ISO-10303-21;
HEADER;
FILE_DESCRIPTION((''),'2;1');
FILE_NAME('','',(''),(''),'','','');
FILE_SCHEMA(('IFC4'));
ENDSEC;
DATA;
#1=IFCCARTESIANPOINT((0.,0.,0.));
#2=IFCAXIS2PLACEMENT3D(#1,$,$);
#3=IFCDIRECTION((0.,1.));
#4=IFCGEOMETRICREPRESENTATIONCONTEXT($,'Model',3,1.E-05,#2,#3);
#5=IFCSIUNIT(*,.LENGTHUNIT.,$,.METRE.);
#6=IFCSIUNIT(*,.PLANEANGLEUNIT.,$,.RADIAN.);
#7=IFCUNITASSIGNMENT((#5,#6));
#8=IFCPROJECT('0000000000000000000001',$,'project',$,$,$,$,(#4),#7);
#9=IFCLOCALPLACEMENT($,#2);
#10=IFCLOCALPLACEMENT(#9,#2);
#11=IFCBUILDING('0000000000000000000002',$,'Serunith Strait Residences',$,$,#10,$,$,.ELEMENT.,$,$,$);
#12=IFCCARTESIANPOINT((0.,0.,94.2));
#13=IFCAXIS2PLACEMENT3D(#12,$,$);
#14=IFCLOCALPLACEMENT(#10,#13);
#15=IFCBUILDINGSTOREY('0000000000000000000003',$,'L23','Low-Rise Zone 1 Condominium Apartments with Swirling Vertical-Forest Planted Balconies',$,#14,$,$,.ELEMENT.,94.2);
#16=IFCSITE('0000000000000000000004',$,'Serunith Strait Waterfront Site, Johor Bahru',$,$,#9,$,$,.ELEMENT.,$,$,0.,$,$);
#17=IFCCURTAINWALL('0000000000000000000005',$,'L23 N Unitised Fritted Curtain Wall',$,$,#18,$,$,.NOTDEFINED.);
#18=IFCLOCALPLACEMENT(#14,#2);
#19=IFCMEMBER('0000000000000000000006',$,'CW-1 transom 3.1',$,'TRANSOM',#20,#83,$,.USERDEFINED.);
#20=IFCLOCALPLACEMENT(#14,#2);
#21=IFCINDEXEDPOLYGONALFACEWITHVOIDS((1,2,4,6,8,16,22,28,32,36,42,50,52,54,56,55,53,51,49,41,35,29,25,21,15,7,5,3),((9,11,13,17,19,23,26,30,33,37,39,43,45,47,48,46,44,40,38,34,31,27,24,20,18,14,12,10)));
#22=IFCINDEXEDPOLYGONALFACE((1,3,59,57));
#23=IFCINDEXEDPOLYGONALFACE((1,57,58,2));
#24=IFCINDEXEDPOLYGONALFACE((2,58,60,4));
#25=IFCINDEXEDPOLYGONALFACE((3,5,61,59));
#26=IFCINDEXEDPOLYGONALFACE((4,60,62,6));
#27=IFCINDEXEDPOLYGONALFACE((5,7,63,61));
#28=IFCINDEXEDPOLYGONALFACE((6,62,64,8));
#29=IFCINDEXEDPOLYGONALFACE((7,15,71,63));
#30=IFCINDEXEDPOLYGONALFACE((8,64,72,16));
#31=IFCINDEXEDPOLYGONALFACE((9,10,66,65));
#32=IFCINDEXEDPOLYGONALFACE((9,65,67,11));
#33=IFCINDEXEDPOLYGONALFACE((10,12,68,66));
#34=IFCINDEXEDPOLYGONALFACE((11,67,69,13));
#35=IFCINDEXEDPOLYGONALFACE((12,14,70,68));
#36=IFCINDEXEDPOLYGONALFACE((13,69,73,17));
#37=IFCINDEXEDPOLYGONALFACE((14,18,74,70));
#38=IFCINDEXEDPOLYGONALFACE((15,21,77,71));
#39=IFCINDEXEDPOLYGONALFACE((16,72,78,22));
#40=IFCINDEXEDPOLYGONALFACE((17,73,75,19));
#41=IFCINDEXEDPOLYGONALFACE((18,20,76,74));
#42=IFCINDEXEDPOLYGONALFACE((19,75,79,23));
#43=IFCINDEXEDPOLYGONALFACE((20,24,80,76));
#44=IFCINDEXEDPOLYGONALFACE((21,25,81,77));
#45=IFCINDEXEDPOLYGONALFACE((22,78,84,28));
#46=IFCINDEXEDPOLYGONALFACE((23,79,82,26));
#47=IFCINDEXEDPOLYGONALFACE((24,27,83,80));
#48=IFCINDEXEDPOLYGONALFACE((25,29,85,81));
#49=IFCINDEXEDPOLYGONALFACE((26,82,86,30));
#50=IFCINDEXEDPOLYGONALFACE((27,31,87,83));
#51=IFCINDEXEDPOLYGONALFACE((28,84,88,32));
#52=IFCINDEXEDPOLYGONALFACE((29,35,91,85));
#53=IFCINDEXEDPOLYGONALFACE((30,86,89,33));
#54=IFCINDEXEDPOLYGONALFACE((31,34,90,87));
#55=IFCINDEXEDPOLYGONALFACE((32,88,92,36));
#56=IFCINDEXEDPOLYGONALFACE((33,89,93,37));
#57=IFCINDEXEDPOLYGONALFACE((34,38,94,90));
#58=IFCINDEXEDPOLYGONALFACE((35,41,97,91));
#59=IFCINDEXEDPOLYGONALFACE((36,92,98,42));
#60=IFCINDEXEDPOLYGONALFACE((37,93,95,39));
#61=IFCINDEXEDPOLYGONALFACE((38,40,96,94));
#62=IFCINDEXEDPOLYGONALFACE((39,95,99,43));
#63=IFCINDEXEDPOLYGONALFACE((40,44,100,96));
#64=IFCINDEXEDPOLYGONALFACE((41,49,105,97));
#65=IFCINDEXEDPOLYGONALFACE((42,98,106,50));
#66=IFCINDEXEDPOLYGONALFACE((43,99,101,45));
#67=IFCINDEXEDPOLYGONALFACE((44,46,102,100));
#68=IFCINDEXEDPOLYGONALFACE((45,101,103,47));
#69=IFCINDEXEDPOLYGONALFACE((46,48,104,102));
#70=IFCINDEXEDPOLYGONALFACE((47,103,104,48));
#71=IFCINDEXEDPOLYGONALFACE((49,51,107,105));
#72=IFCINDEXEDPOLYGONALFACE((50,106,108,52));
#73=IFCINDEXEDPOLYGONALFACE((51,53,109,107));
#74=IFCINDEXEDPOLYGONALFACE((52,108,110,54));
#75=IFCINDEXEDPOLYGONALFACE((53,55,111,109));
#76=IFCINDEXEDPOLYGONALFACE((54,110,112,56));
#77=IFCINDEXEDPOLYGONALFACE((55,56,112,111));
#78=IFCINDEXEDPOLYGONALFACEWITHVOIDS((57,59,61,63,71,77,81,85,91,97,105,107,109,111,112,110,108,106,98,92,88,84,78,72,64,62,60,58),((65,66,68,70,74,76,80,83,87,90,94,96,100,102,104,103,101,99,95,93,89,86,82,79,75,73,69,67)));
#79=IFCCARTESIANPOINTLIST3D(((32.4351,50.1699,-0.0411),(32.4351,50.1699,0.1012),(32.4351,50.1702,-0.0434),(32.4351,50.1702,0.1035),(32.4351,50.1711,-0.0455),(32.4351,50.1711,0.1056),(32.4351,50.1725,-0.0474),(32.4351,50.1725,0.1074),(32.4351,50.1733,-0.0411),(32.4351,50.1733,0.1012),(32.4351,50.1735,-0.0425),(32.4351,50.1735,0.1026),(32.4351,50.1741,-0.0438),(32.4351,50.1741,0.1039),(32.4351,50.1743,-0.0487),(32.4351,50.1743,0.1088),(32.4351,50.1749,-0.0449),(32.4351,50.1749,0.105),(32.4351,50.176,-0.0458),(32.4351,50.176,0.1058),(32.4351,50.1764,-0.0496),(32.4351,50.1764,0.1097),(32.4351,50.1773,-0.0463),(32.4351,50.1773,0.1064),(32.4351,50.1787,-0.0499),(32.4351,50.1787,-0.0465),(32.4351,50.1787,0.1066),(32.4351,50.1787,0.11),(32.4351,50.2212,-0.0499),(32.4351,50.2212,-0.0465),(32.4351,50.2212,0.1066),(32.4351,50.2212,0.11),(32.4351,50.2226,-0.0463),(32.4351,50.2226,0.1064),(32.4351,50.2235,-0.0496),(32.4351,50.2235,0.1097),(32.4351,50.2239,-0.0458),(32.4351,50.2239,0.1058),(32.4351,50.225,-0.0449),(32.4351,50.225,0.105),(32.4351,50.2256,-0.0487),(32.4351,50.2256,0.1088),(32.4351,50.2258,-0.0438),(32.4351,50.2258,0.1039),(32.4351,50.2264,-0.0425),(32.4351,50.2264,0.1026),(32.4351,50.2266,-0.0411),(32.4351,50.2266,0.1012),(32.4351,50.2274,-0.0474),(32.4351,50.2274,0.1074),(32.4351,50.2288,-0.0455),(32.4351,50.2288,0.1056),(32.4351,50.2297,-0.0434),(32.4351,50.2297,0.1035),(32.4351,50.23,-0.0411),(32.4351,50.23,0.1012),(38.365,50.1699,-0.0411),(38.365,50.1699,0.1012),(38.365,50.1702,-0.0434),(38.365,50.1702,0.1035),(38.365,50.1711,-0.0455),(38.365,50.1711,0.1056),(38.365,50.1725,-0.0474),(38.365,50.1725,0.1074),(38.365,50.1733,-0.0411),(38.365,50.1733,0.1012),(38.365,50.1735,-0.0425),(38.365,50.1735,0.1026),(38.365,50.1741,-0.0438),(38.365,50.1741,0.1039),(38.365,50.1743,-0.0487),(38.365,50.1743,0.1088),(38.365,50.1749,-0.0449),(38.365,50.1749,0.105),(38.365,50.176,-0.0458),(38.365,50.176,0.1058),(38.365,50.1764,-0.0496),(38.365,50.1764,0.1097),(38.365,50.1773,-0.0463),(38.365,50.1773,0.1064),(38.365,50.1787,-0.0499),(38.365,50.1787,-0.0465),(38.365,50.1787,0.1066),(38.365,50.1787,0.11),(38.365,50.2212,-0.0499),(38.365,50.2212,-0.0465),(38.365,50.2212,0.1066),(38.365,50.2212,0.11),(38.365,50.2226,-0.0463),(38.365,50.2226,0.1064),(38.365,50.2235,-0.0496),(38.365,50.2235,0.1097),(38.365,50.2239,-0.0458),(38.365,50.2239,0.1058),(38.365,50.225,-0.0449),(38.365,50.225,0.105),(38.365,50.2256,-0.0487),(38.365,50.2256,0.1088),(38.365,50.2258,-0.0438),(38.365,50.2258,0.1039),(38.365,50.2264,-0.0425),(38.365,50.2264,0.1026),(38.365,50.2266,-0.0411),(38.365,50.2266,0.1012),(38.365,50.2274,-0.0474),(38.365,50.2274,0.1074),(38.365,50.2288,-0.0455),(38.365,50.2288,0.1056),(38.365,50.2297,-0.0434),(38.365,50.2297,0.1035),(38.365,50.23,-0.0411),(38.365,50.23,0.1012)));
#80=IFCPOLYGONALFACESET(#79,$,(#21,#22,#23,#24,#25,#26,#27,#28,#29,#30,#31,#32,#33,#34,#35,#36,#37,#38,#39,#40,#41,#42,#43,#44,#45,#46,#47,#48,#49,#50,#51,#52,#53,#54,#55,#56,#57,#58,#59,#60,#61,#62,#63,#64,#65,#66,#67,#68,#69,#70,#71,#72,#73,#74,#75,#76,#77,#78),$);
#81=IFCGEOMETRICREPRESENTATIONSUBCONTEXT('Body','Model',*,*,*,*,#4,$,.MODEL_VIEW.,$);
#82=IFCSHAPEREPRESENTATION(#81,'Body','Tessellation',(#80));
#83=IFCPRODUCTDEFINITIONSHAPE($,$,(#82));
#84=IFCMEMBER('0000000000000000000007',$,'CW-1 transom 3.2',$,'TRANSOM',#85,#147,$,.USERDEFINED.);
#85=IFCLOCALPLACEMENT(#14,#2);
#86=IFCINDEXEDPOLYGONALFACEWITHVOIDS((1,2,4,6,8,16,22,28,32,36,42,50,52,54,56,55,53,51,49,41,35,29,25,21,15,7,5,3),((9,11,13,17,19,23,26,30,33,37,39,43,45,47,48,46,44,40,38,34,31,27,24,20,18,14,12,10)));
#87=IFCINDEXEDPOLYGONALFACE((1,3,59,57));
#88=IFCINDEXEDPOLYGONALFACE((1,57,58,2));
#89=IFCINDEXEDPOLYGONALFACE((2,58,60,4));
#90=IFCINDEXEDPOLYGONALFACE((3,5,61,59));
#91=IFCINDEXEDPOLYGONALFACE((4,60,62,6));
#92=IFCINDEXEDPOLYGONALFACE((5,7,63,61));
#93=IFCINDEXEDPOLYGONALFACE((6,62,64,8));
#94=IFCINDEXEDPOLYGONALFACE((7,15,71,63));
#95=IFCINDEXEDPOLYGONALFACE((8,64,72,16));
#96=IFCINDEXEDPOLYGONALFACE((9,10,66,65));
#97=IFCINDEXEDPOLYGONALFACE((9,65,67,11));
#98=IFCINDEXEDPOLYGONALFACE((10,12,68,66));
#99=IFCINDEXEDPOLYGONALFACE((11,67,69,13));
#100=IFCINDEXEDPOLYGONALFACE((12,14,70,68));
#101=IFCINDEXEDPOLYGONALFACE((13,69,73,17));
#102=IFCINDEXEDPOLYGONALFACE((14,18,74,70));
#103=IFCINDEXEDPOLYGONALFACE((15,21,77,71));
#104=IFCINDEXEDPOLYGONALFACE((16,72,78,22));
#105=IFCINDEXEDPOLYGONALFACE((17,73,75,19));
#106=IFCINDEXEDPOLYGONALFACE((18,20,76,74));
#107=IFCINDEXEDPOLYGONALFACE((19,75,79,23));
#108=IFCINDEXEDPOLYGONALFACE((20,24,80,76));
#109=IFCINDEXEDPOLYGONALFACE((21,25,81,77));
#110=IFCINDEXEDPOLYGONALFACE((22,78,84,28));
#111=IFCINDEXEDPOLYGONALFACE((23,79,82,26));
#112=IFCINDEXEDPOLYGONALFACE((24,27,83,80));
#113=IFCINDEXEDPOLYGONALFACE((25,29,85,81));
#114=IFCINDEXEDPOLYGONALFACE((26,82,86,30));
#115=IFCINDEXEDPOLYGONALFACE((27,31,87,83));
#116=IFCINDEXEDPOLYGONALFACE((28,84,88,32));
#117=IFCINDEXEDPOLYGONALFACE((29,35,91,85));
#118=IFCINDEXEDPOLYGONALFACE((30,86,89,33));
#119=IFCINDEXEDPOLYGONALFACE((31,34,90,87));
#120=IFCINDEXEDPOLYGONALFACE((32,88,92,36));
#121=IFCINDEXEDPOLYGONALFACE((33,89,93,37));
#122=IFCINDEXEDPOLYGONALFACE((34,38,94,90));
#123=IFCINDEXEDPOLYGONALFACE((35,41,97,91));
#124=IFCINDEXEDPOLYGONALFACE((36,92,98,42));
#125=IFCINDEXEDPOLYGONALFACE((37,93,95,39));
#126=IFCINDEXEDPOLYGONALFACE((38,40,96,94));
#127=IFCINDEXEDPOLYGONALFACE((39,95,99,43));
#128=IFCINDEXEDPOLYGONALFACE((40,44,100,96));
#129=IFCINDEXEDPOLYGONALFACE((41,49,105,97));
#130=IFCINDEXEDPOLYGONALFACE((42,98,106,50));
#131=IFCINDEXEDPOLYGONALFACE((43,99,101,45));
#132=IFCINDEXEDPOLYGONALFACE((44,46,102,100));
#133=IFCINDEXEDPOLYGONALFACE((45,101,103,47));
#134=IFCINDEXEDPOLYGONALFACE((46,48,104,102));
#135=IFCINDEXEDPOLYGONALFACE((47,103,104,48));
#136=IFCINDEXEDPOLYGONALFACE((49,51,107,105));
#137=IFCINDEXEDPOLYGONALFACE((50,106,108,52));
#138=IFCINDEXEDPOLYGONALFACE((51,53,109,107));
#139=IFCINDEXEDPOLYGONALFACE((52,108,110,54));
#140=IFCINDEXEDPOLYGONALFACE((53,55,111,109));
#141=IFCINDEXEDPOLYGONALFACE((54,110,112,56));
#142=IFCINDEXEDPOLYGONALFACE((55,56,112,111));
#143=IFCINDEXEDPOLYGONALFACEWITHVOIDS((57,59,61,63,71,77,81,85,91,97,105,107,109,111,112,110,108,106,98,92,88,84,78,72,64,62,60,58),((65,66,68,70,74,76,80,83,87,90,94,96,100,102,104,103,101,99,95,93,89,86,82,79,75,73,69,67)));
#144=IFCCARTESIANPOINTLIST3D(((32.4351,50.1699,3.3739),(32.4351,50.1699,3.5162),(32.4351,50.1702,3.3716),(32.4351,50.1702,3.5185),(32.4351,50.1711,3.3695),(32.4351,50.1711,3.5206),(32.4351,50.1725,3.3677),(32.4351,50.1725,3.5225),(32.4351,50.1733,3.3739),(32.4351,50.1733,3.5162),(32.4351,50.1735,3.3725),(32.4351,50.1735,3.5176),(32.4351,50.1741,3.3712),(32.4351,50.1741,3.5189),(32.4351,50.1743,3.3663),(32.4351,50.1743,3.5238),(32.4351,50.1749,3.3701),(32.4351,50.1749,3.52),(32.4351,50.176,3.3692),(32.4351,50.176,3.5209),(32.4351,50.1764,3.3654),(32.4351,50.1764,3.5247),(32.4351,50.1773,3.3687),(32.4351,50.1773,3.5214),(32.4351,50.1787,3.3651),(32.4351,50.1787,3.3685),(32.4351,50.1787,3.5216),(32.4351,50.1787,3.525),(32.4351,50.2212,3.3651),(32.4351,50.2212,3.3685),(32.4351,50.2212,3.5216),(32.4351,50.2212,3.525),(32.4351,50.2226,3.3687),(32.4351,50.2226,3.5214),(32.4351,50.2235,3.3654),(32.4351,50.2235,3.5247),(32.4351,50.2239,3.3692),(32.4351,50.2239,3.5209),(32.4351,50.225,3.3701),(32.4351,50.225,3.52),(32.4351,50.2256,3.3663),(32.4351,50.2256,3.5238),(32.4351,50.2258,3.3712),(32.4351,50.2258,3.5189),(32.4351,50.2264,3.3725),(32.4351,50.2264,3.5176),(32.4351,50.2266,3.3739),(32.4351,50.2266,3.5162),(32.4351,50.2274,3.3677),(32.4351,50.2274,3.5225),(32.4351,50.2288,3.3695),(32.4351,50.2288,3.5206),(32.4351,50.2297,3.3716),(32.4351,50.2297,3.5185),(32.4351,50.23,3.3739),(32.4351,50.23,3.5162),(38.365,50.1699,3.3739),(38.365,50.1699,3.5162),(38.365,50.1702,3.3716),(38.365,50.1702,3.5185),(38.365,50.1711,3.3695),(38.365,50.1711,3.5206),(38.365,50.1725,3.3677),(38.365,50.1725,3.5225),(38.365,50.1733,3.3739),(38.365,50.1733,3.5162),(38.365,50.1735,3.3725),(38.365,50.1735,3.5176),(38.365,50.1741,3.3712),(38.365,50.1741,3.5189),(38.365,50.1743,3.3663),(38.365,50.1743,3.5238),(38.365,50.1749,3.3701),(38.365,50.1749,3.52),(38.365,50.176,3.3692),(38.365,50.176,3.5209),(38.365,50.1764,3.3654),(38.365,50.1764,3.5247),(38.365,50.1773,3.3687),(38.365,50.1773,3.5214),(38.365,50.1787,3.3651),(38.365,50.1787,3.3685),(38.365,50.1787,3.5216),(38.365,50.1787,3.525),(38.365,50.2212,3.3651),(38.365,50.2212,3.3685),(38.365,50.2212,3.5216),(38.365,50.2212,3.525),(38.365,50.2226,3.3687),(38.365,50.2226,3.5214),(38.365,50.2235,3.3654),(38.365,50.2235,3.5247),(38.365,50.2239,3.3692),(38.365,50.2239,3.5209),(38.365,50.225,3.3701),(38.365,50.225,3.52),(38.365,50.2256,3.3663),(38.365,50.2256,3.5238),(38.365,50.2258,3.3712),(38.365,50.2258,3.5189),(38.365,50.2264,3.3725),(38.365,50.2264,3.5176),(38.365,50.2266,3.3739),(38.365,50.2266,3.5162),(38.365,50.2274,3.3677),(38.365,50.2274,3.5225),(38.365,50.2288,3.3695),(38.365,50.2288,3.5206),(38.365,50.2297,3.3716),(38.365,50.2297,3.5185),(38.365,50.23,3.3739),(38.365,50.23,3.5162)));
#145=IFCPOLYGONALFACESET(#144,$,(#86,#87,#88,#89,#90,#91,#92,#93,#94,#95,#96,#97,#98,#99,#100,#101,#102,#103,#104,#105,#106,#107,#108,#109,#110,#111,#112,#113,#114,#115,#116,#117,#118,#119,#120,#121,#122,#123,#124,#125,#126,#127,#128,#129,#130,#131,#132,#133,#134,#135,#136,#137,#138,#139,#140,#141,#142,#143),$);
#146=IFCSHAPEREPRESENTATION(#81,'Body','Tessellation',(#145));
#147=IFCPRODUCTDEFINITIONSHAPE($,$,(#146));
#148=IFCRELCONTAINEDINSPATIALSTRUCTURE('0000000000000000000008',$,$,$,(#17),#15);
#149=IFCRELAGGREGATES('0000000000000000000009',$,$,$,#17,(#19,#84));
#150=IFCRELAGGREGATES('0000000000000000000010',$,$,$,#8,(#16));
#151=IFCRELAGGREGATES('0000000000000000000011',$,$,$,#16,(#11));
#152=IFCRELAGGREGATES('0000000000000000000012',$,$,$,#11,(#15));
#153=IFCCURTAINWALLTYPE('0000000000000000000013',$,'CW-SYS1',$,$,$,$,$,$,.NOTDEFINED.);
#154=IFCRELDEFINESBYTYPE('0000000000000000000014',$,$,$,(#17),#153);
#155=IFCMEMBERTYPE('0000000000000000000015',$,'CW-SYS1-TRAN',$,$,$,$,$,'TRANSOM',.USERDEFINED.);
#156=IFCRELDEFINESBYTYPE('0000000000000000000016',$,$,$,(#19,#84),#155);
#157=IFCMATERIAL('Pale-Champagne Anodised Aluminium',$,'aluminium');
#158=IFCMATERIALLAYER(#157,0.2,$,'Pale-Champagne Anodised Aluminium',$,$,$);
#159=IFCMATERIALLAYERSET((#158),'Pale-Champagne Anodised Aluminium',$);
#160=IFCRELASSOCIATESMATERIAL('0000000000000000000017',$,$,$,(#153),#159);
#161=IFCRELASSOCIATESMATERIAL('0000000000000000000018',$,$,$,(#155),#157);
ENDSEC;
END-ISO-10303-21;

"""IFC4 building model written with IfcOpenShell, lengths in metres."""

from ifc_helpers import new_model, si_unit, direction, frame, origin, origin_2d, place, context, subcontext, project, spatial, hollow_rectangle, extrude, source, transform, mapped, material, layer, layer_set, material_profile, profile_set, type_object, element, aggregate, save


model = new_model("IFC4")

# Units and contexts
model_context = context("Model", 3, precision=1e-05, world=origin(), true_north=direction((0.0, 1.0)))
body_context = subcontext(model_context, "Body", "Model", "MODEL_VIEW")
ifc_project = project(units=[si_unit("LENGTHUNIT", "METRE"), si_unit("PLANEANGLEUNIT", "RADIAN")], contexts=[model_context])

# Site, building, storey
site_placement = place(None, origin())
site = spatial("IfcSite", under=ifc_project, at=site_placement, Name="Serunith Strait Waterfront Site, Johor Bahru", CompositionType="ELEMENT", RefElevation=0.0)
building_placement = place(site_placement, origin())
building = spatial("IfcBuilding", under=site, at=building_placement, Name="Serunith Strait Residences", CompositionType="ELEMENT")
storey_placement = place(building_placement, frame((0.0, 0.0, 94.2)))
storey = spatial("IfcBuildingStorey", under=building, at=storey_placement, Name="L23", Description="Low-Rise Zone 1 Condominium Apartments with Swirling Vertical-Forest Planted Balconies", CompositionType="ELEMENT", Elevation=94.2)

# Curtain wall, members
ifc_material_1 = material(Name="Pale-Champagne Anodised Aluminium", Category="aluminium")
ifc_layer_1 = layer(ifc_material_1, 0.2, Name="Pale-Champagne Anodised Aluminium")
ifc_layer_set_1 = layer_set([ifc_layer_1], Name="Pale-Champagne Anodised Aluminium")
curtain_wall_type = type_object("IfcCurtainWallType", Name="CW-SYS1", PredefinedType="NOTDEFINED", material=ifc_layer_set_1)
curtain_wall_placement = place(storey_placement, origin())
curtain_wall = element("IfcCurtainWall", 1, at=curtain_wall_placement, inside=storey, type_object=curtain_wall_type, Name="L23 N Unitised Fritted Curtain Wall", PredefinedType="NOTDEFINED")
ifc_material_profile_1 = material_profile(ifc_material_1, hollow_rectangle(XDim=0.0601, YDim=0.1599, WallThickness=0.0034, InnerFilletRadius=0.0054, OuterFilletRadius=0.0088, at=origin_2d()), Name="ALU 160x60x3.5")
ifc_profile_set_1 = profile_set([ifc_material_profile_1], Name="Pale-Champagne Anodised Aluminium")
member_type_1 = type_object("IfcMemberType", Name="CW-SYS1-TRAN", ElementType="TRANSOM", PredefinedType="USERDEFINED", material=ifc_profile_set_1)
shared_shape_1 = source(origin(), body_context, "Body", "SweptSolid", [
    extrude(hollow_rectangle(XDim=0.0601, YDim=0.1599, WallThickness=0.0034, InnerFilletRadius=0.0054, OuterFilletRadius=0.0088, at=origin_2d()), origin(), (0.0, 0.0, 1.0), 5.9299),
])
member_1_placement = place(storey_placement, frame((38.365, 50.2, 0.03), z_axis=(-1.0, 0.0, 0.0), x_axis=(0.0, -1.0, 0.0)))
member_1 = element("IfcMember", 2, at=member_1_placement, type_object=member_type_1, Name="CW-1 transom 3.1", ObjectType="TRANSOM", PredefinedType="USERDEFINED", context=body_context, shape_type="MappedRepresentation", body=[
    mapped(shared_shape_1, transform((0.0, 0.0, 0.0), scale=1.0)),
])
member_2_placement = place(storey_placement, frame((38.365, 50.2, 3.4451), z_axis=(-1.0, 0.0, 0.0), x_axis=(0.0, -1.0, 0.0)))
member_2 = element("IfcMember", 3, at=member_2_placement, type_object=member_type_1, Name="CW-1 transom 3.2", ObjectType="TRANSOM", PredefinedType="USERDEFINED", context=body_context, shape_type="MappedRepresentation", body=[
    mapped(shared_shape_1, transform((0.0, 0.0, 0.0), scale=1.0)),
])
aggregate(curtain_wall, [member_1, member_2])

save(model, "model.ifc")
